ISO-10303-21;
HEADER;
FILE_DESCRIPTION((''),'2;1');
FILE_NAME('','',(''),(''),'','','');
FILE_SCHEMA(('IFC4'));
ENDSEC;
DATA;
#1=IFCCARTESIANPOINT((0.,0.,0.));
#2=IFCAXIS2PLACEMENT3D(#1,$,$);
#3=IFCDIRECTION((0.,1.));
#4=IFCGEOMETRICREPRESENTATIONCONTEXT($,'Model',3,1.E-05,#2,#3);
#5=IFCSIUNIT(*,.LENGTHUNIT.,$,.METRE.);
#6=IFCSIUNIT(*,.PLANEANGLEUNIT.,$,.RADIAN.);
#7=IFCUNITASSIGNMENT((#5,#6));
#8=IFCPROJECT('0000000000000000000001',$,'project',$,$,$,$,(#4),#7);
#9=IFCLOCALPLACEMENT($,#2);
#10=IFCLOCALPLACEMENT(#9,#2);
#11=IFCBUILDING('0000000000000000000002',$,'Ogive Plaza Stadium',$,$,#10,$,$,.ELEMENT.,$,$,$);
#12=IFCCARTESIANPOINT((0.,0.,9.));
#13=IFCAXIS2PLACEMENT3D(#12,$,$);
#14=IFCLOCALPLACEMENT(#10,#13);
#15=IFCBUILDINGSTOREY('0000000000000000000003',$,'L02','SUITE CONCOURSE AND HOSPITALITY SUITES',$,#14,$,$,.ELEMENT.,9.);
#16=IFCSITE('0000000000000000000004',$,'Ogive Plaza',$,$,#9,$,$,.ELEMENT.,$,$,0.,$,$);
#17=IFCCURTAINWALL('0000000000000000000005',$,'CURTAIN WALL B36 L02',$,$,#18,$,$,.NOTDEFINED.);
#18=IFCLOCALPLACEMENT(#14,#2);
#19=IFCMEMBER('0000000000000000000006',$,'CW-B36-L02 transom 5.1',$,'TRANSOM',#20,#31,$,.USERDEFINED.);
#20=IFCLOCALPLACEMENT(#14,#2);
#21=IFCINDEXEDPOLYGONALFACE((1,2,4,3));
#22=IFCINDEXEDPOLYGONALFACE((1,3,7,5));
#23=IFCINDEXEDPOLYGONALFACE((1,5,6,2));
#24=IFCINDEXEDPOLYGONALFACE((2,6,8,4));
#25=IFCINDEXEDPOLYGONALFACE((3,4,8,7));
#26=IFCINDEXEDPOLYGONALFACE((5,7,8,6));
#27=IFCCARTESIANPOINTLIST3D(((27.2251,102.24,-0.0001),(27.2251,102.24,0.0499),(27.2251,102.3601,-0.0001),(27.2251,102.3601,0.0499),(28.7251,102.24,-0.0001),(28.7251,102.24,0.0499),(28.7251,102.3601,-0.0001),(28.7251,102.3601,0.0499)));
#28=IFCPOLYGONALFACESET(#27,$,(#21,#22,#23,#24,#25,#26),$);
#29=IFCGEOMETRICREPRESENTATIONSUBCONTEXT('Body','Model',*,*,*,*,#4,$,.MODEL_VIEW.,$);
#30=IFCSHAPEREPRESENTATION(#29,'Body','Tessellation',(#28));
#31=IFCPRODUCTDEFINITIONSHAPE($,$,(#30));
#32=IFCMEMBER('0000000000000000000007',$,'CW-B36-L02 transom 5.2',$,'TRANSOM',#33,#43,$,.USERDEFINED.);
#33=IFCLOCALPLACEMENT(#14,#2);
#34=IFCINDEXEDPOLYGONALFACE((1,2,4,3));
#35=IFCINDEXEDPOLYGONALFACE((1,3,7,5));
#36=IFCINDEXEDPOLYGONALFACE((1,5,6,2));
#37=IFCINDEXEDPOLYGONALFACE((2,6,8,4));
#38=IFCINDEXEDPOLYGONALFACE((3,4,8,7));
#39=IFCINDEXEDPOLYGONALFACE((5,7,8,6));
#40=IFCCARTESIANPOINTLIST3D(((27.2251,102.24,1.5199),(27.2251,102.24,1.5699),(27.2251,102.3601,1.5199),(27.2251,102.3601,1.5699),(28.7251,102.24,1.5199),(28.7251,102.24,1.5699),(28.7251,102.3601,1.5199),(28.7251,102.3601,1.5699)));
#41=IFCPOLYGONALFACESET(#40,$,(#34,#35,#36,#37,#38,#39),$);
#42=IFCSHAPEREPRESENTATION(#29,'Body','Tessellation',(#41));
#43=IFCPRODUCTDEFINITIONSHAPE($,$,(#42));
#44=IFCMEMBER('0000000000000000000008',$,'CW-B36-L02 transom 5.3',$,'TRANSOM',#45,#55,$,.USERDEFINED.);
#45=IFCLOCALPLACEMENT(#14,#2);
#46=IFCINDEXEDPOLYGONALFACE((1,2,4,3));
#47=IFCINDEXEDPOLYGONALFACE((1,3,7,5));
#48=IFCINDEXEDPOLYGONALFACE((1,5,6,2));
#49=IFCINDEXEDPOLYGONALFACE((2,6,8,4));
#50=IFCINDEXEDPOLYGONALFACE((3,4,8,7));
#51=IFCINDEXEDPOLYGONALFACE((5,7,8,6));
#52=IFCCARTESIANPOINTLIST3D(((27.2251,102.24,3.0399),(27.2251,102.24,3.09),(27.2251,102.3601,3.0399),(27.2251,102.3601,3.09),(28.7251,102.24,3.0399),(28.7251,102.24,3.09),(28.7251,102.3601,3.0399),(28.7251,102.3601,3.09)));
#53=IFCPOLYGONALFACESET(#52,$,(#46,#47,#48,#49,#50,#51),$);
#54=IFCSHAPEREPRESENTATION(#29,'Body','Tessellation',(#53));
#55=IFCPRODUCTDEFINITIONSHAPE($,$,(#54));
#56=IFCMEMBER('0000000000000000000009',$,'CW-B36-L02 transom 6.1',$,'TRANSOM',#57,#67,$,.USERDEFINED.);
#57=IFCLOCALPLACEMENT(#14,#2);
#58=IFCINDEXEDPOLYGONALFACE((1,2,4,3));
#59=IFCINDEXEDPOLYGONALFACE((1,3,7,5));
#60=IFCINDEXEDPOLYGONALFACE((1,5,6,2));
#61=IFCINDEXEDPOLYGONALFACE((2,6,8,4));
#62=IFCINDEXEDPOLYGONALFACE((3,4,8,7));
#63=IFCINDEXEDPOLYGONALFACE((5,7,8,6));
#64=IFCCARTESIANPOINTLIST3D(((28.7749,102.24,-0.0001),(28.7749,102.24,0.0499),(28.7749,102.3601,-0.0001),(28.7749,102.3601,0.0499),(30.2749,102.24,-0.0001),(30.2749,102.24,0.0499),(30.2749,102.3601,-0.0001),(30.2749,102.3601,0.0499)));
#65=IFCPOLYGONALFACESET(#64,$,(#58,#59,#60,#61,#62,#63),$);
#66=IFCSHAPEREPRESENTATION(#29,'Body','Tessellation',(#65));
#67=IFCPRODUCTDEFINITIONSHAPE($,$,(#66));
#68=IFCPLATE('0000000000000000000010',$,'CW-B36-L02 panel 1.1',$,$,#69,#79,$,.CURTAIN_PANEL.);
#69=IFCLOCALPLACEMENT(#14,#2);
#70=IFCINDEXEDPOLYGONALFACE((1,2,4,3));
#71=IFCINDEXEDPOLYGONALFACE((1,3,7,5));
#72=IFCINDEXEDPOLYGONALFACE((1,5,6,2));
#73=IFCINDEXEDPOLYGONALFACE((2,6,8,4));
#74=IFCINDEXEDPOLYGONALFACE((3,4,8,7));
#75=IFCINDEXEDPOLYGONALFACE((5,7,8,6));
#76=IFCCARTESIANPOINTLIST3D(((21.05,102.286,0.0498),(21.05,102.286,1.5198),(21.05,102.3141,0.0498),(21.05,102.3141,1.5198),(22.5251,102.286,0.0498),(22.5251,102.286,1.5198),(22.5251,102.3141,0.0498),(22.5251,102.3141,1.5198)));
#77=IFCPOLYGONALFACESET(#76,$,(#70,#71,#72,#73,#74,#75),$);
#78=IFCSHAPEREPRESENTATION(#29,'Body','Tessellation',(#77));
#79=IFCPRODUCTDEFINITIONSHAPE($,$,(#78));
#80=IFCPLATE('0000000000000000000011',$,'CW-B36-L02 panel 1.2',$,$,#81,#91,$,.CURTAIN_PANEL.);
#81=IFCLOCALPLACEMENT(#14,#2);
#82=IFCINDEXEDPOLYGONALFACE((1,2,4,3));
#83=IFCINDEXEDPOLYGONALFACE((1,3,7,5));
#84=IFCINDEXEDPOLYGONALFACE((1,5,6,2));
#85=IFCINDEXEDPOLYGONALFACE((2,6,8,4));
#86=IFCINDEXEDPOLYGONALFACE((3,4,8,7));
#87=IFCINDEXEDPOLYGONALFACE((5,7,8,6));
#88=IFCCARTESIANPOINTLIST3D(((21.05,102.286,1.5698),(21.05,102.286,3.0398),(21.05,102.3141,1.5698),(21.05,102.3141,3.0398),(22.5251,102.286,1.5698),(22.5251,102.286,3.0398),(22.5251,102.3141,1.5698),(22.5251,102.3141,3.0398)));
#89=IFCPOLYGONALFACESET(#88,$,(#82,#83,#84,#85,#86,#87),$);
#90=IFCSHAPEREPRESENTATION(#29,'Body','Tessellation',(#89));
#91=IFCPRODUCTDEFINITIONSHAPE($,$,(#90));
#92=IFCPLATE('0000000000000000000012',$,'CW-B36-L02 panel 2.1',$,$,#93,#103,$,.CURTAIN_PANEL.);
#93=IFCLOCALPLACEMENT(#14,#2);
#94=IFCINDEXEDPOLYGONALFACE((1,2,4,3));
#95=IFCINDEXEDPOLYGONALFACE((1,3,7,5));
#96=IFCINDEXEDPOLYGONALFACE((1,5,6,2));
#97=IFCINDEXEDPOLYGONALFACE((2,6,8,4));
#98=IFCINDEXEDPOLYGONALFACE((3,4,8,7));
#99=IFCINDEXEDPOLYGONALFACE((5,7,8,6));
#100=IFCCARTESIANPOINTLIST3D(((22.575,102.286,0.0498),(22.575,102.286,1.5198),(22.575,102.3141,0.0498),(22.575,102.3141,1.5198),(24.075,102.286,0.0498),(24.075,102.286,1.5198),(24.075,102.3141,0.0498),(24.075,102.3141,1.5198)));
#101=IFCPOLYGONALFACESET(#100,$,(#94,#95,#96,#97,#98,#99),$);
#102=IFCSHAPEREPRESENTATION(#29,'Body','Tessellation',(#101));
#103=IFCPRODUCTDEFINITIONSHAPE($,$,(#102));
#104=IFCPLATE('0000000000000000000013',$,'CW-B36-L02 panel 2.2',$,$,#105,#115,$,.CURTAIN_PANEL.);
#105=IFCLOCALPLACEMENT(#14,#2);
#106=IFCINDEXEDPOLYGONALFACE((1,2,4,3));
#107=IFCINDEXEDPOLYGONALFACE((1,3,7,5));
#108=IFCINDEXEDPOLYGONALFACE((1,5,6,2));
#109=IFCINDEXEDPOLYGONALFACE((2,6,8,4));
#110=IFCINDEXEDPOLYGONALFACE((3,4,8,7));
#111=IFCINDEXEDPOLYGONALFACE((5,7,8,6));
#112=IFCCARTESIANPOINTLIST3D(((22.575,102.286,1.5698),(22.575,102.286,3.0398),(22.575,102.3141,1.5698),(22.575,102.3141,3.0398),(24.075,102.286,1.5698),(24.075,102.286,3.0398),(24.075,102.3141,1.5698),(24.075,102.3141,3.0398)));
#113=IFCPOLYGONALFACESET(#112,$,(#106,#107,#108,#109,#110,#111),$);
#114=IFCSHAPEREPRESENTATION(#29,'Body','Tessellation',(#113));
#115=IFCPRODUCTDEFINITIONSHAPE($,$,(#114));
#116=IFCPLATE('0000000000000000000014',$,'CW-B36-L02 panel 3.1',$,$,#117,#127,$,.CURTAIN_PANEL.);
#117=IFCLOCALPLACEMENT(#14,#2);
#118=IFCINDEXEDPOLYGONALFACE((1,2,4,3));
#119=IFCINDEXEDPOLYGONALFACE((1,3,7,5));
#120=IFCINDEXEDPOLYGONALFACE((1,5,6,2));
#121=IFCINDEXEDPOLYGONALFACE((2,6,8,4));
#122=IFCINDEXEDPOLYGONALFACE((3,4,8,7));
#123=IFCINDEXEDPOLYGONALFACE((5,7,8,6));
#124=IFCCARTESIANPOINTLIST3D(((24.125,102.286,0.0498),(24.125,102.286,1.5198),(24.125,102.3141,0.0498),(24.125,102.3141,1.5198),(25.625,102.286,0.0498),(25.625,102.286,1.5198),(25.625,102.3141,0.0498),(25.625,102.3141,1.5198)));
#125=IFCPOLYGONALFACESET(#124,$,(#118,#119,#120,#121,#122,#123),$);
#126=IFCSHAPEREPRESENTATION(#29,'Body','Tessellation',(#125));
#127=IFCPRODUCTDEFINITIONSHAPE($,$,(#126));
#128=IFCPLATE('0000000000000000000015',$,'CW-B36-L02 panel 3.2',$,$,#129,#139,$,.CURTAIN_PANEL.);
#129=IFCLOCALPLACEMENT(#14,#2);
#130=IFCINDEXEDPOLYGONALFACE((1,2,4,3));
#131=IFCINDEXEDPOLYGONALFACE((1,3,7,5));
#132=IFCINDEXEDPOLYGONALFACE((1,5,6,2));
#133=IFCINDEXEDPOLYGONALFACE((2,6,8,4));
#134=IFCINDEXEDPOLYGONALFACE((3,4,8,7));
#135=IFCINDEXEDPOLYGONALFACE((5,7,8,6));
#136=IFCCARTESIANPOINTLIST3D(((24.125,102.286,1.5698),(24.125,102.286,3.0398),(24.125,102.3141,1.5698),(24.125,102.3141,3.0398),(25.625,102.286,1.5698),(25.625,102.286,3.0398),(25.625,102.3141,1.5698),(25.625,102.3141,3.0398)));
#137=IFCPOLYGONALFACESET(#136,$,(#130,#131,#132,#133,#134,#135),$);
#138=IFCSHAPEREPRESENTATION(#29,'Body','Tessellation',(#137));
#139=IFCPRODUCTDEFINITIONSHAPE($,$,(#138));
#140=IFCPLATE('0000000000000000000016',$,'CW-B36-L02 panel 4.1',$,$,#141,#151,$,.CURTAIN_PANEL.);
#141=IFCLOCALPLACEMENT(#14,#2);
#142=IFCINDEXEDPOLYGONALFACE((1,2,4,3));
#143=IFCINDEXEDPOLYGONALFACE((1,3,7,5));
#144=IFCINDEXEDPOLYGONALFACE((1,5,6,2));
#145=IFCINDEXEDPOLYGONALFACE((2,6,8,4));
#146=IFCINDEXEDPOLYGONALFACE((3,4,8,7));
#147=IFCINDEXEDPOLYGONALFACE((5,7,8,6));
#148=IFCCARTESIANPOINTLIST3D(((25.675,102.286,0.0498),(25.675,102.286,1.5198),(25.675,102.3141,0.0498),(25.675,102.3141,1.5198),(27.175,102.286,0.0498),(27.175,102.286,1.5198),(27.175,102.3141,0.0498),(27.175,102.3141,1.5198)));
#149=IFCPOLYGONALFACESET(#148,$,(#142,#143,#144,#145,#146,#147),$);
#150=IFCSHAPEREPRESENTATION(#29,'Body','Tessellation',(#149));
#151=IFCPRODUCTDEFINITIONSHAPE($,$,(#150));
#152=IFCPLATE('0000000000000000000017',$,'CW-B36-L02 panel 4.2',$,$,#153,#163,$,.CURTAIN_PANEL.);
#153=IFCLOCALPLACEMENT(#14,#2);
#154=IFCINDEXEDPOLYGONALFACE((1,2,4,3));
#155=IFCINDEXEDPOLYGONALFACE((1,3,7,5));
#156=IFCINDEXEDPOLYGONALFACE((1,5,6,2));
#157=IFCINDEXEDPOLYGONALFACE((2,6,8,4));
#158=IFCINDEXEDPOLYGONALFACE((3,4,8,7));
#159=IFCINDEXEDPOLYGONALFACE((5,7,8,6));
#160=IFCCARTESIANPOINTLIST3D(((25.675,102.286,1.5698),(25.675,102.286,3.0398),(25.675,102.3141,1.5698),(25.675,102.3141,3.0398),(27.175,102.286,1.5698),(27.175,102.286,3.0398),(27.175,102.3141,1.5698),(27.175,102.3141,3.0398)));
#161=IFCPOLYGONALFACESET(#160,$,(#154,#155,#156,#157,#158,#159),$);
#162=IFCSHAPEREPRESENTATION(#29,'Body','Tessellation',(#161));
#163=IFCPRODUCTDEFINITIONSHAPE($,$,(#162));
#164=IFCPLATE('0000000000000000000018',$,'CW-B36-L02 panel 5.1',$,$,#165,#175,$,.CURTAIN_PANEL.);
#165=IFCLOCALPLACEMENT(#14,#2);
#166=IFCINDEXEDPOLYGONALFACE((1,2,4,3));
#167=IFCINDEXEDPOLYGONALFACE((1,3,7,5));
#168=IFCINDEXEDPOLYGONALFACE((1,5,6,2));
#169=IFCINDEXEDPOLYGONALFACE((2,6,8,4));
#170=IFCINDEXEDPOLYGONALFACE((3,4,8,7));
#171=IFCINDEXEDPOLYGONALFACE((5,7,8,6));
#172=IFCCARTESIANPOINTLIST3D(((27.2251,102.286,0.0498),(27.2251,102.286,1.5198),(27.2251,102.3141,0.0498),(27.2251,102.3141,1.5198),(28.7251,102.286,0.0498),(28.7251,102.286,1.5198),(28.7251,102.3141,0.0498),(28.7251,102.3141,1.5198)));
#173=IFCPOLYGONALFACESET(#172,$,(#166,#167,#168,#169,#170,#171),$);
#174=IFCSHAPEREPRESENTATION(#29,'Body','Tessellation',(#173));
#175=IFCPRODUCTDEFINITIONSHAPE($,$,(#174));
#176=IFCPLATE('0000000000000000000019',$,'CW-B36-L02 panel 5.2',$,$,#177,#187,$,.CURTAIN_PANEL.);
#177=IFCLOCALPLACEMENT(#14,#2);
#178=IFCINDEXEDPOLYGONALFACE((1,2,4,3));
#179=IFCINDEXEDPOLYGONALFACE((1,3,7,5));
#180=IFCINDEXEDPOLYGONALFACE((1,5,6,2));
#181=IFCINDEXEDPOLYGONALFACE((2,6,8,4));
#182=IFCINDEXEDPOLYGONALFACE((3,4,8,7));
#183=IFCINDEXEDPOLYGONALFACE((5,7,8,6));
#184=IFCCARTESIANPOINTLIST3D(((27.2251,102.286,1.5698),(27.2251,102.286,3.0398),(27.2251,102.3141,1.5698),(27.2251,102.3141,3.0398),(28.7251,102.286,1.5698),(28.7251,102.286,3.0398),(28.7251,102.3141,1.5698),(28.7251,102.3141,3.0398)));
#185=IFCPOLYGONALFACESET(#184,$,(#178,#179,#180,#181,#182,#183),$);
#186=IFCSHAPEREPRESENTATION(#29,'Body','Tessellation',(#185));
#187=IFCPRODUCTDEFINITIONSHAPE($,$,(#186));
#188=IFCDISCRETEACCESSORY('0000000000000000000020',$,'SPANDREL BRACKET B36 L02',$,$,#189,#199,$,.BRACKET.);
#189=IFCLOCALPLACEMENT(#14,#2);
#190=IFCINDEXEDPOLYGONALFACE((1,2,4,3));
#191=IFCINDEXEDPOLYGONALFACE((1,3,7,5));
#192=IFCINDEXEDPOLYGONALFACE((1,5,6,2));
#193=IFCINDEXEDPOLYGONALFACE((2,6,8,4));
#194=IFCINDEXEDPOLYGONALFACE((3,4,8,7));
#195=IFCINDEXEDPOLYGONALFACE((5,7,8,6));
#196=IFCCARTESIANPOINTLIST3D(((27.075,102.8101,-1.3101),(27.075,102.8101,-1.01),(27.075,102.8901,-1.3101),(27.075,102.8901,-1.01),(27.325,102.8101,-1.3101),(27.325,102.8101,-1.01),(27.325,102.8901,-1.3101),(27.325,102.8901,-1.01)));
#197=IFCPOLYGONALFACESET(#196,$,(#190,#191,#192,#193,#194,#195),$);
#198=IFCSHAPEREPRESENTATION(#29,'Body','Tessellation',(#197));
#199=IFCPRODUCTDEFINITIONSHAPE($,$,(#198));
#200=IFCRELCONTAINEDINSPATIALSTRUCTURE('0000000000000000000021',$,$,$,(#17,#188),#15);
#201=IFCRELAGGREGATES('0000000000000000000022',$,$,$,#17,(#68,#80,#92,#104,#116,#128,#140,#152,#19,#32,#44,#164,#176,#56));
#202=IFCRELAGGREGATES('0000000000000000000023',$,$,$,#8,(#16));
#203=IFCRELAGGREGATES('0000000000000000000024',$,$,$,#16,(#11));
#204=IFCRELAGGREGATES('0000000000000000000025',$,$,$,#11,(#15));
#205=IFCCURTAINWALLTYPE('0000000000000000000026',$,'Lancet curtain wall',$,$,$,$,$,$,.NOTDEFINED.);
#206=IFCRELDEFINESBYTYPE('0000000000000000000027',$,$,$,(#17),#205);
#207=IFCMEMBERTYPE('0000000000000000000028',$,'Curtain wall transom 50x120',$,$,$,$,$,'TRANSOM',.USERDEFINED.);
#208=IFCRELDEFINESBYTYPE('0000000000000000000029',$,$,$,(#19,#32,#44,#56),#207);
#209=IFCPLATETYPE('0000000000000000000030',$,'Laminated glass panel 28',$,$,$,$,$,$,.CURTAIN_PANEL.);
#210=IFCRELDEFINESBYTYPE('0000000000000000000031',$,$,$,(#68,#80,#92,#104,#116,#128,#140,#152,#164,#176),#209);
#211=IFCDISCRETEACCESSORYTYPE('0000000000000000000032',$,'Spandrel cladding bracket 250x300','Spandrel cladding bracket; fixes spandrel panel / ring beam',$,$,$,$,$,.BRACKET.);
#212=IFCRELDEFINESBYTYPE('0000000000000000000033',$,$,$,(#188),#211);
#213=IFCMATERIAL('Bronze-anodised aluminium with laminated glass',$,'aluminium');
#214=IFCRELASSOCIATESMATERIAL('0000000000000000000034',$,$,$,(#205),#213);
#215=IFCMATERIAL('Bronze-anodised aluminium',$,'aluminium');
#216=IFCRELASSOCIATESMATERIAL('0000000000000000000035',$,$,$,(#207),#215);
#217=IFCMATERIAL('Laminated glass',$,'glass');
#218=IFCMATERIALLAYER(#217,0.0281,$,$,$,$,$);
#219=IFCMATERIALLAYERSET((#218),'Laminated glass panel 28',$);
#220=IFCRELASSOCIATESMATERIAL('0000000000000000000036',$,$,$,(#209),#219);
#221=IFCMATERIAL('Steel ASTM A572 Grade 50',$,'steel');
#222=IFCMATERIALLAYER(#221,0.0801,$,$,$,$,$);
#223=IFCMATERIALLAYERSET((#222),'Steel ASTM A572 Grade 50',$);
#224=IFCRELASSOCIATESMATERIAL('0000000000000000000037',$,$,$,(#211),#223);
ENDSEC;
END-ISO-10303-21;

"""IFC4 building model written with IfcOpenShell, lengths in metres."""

from ifc_helpers import new_model, si_unit, direction, frame, origin, origin_2d, place, context, subcontext, project, spatial, rectangle, extrude, material, layer, layer_set, material_profile, profile_set, type_object, element, aggregate, save


model = new_model("IFC4")

# Units and contexts
model_context = context("Model", 3, precision=1e-05, world=origin(), true_north=direction((0.0, 1.0)))
body_context = subcontext(model_context, "Body", "Model", "MODEL_VIEW")
ifc_project = project(units=[si_unit("LENGTHUNIT", "METRE"), si_unit("PLANEANGLEUNIT", "RADIAN")], contexts=[model_context])

# Site, building, storey
site_placement = place(None, origin())
site = spatial("IfcSite", under=ifc_project, at=site_placement, Name="Ogive Plaza", CompositionType="ELEMENT", RefElevation=0.0)
building_placement = place(site_placement, origin())
building = spatial("IfcBuilding", under=site, at=building_placement, Name="Ogive Plaza Stadium", CompositionType="ELEMENT")
storey_placement = place(building_placement, frame((0.0, 0.0, 9.0)))
storey = spatial("IfcBuildingStorey", under=building, at=storey_placement, Name="L02", Description="SUITE CONCOURSE AND HOSPITALITY SUITES", CompositionType="ELEMENT", Elevation=9.0)

# Curtain wall, members, plates
ifc_material_1 = material(Name="Bronze-anodised aluminium with laminated glass", Category="aluminium")
curtain_wall_type = type_object("IfcCurtainWallType", Name="Lancet curtain wall", PredefinedType="NOTDEFINED", material=ifc_material_1)
curtain_wall_placement = place(storey_placement, origin())
curtain_wall = element("IfcCurtainWall", 1, at=curtain_wall_placement, inside=storey, type_object=curtain_wall_type, Name="CURTAIN WALL B36 L02", PredefinedType="NOTDEFINED")
ifc_material_2 = material(Name="Bronze-anodised aluminium", Category="aluminium")
ifc_material_profile_1 = material_profile(ifc_material_2, rectangle(XDim=0.1201, YDim=0.05, at=origin_2d()), Name="AL 120x50")
ifc_profile_set_1 = profile_set([ifc_material_profile_1], Name="Bronze-anodised aluminium")
member_type_1 = type_object("IfcMemberType", Name="Curtain wall transom 50x120", ElementType="TRANSOM", PredefinedType="USERDEFINED", material=ifc_profile_set_1)
member_1_placement = place(storey_placement, frame((27.2251, 102.3, 0.0249), z_axis=(1.0, 0.0, 0.0), x_axis=(0.0, 1.0, 0.0)))
member_1 = element("IfcMember", 2, at=member_1_placement, type_object=member_type_1, Name="CW-B36-L02 transom 5.1", ObjectType="TRANSOM", PredefinedType="USERDEFINED", context=body_context, shape_type="SweptSolid", body=[
    extrude(rectangle(XDim=0.1201, YDim=0.05, at=origin_2d()), origin(), (0.0, 0.0, 1.0), 1.5),
])
member_2_placement = place(storey_placement, frame((27.2251, 102.3, 1.5449), z_axis=(1.0, 0.0, 0.0), x_axis=(0.0, 1.0, 0.0)))
member_2 = element("IfcMember", 3, at=member_2_placement, type_object=member_type_1, Name="CW-B36-L02 transom 5.2", ObjectType="TRANSOM", PredefinedType="USERDEFINED", context=body_context, shape_type="SweptSolid", body=[
    extrude(rectangle(XDim=0.1201, YDim=0.05, at=origin_2d()), origin(), (0.0, 0.0, 1.0), 1.5),
])
member_3_placement = place(storey_placement, frame((27.2251, 102.3, 3.0649), z_axis=(1.0, 0.0, 0.0), x_axis=(0.0, 1.0, 0.0)))
member_3 = element("IfcMember", 4, at=member_3_placement, type_object=member_type_1, Name="CW-B36-L02 transom 5.3", ObjectType="TRANSOM", PredefinedType="USERDEFINED", context=body_context, shape_type="SweptSolid", body=[
    extrude(rectangle(XDim=0.1201, YDim=0.05, at=origin_2d()), origin(), (0.0, 0.0, 1.0), 1.5),
])
member_4_placement = place(storey_placement, frame((28.7749, 102.3, 0.0249), z_axis=(1.0, 0.0, 0.0), x_axis=(0.0, 1.0, 0.0)))
member_4 = element("IfcMember", 5, at=member_4_placement, type_object=member_type_1, Name="CW-B36-L02 transom 6.1", ObjectType="TRANSOM", PredefinedType="USERDEFINED", context=body_context, shape_type="SweptSolid", body=[
    extrude(rectangle(XDim=0.1201, YDim=0.05, at=origin_2d()), origin(), (0.0, 0.0, 1.0), 1.5),
])
ifc_material_3 = material(Name="Laminated glass", Category="glass")
ifc_layer_1 = layer(ifc_material_3, 0.0281)
ifc_layer_set_1 = layer_set([ifc_layer_1], Name="Laminated glass panel 28")
plate_type = type_object("IfcPlateType", Name="Laminated glass panel 28", PredefinedType="CURTAIN_PANEL", material=ifc_layer_set_1)
plate_1_placement = place(storey_placement, frame((21.7876, 102.3, 0.0498), z_axis=(0.0, 0.0, 1.0), x_axis=(1.0, 0.0, 0.0)))
plate_1 = element("IfcPlate", 6, at=plate_1_placement, type_object=plate_type, Name="CW-B36-L02 panel 1.1", PredefinedType="CURTAIN_PANEL", context=body_context, shape_type="SweptSolid", body=[
    extrude(rectangle(XDim=1.4751, YDim=0.0281, at=origin_2d()), origin(), (0.0, 0.0, 1.0), 1.47),
])
plate_2_placement = place(storey_placement, frame((21.7876, 102.3, 1.5698), z_axis=(0.0, 0.0, 1.0), x_axis=(1.0, 0.0, 0.0)))
plate_2 = element("IfcPlate", 7, at=plate_2_placement, type_object=plate_type, Name="CW-B36-L02 panel 1.2", PredefinedType="CURTAIN_PANEL", context=body_context, shape_type="SweptSolid", body=[
    extrude(rectangle(XDim=1.4751, YDim=0.0281, at=origin_2d()), origin(), (0.0, 0.0, 1.0), 1.47),
])
plate_3_placement = place(storey_placement, frame((23.325, 102.3, 0.0498), z_axis=(0.0, 0.0, 1.0), x_axis=(1.0, 0.0, 0.0)))
plate_3 = element("IfcPlate", 8, at=plate_3_placement, type_object=plate_type, Name="CW-B36-L02 panel 2.1", PredefinedType="CURTAIN_PANEL", context=body_context, shape_type="SweptSolid", body=[
    extrude(rectangle(XDim=1.5, YDim=0.0281, at=origin_2d()), origin(), (0.0, 0.0, 1.0), 1.47),
])
plate_4_placement = place(storey_placement, frame((23.325, 102.3, 1.5698), z_axis=(0.0, 0.0, 1.0), x_axis=(1.0, 0.0, 0.0)))
plate_4 = element("IfcPlate", 9, at=plate_4_placement, type_object=plate_type, Name="CW-B36-L02 panel 2.2", PredefinedType="CURTAIN_PANEL", context=body_context, shape_type="SweptSolid", body=[
    extrude(rectangle(XDim=1.5, YDim=0.0281, at=origin_2d()), origin(), (0.0, 0.0, 1.0), 1.47),
])
plate_5_placement = place(storey_placement, frame((24.875, 102.3, 0.0498), z_axis=(0.0, 0.0, 1.0), x_axis=(1.0, 0.0, 0.0)))
plate_5 = element("IfcPlate", 10, at=plate_5_placement, type_object=plate_type, Name="CW-B36-L02 panel 3.1", PredefinedType="CURTAIN_PANEL", context=body_context, shape_type="SweptSolid", body=[
    extrude(rectangle(XDim=1.5, YDim=0.0281, at=origin_2d()), origin(), (0.0, 0.0, 1.0), 1.47),
])
plate_6_placement = place(storey_placement, frame((24.875, 102.3, 1.5698), z_axis=(0.0, 0.0, 1.0), x_axis=(1.0, 0.0, 0.0)))
plate_6 = element("IfcPlate", 11, at=plate_6_placement, type_object=plate_type, Name="CW-B36-L02 panel 3.2", PredefinedType="CURTAIN_PANEL", context=body_context, shape_type="SweptSolid", body=[
    extrude(rectangle(XDim=1.5, YDim=0.0281, at=origin_2d()), origin(), (0.0, 0.0, 1.0), 1.47),
])
plate_7_placement = place(storey_placement, frame((26.425, 102.3, 0.0498), z_axis=(0.0, 0.0, 1.0), x_axis=(1.0, 0.0, 0.0)))
plate_7 = element("IfcPlate", 12, at=plate_7_placement, type_object=plate_type, Name="CW-B36-L02 panel 4.1", PredefinedType="CURTAIN_PANEL", context=body_context, shape_type="SweptSolid", body=[
    extrude(rectangle(XDim=1.5, YDim=0.0281, at=origin_2d()), origin(), (0.0, 0.0, 1.0), 1.47),
])
plate_8_placement = place(storey_placement, frame((26.425, 102.3, 1.5698), z_axis=(0.0, 0.0, 1.0), x_axis=(1.0, 0.0, 0.0)))
plate_8 = element("IfcPlate", 13, at=plate_8_placement, type_object=plate_type, Name="CW-B36-L02 panel 4.2", PredefinedType="CURTAIN_PANEL", context=body_context, shape_type="SweptSolid", body=[
    extrude(rectangle(XDim=1.5, YDim=0.0281, at=origin_2d()), origin(), (0.0, 0.0, 1.0), 1.47),
])
plate_9_placement = place(storey_placement, frame((27.9751, 102.3, 0.0498), z_axis=(0.0, 0.0, 1.0), x_axis=(1.0, 0.0, 0.0)))
plate_9 = element("IfcPlate", 14, at=plate_9_placement, type_object=plate_type, Name="CW-B36-L02 panel 5.1", PredefinedType="CURTAIN_PANEL", context=body_context, shape_type="SweptSolid", body=[
    extrude(rectangle(XDim=1.5, YDim=0.0281, at=origin_2d()), origin(), (0.0, 0.0, 1.0), 1.47),
])
plate_10_placement = place(storey_placement, frame((27.9751, 102.3, 1.5698), z_axis=(0.0, 0.0, 1.0), x_axis=(1.0, 0.0, 0.0)))
plate_10 = element("IfcPlate", 15, at=plate_10_placement, type_object=plate_type, Name="CW-B36-L02 panel 5.2", PredefinedType="CURTAIN_PANEL", context=body_context, shape_type="SweptSolid", body=[
    extrude(rectangle(XDim=1.5, YDim=0.0281, at=origin_2d()), origin(), (0.0, 0.0, 1.0), 1.47),
])
aggregate(curtain_wall, [plate_1, plate_2, plate_3, plate_4, plate_5, plate_6, plate_7, plate_8, member_1, member_2, member_3, plate_9, plate_10, member_4])

# Discrete accessory
ifc_material_4 = material(Name="Steel ASTM A572 Grade 50", Category="steel")
ifc_layer_2 = layer(ifc_material_4, 0.0801)
ifc_layer_set_2 = layer_set([ifc_layer_2], Name="Steel ASTM A572 Grade 50")
discrete_accessory_type = type_object("IfcDiscreteAccessoryType", Name="Spandrel cladding bracket 250x300", Description="Spandrel cladding bracket; fixes spandrel panel / ring beam", PredefinedType="BRACKET", material=ifc_layer_set_2)
discrete_accessory_placement = place(storey_placement, frame((27.2, 102.8501, -1.3101), z_axis=(0.0, 0.0, 1.0), x_axis=(1.0, 0.0, 0.0)))
element("IfcDiscreteAccessory", 16, at=discrete_accessory_placement, inside=storey, type_object=discrete_accessory_type, Name="SPANDREL BRACKET B36 L02", PredefinedType="BRACKET", context=body_context, shape_type="SweptSolid", body=[
    extrude(rectangle(XDim=0.25, YDim=0.0801, at=origin_2d()), origin(), (0.0, 0.0, 1.0), 0.3),
])

save(model, "model.ifc")
